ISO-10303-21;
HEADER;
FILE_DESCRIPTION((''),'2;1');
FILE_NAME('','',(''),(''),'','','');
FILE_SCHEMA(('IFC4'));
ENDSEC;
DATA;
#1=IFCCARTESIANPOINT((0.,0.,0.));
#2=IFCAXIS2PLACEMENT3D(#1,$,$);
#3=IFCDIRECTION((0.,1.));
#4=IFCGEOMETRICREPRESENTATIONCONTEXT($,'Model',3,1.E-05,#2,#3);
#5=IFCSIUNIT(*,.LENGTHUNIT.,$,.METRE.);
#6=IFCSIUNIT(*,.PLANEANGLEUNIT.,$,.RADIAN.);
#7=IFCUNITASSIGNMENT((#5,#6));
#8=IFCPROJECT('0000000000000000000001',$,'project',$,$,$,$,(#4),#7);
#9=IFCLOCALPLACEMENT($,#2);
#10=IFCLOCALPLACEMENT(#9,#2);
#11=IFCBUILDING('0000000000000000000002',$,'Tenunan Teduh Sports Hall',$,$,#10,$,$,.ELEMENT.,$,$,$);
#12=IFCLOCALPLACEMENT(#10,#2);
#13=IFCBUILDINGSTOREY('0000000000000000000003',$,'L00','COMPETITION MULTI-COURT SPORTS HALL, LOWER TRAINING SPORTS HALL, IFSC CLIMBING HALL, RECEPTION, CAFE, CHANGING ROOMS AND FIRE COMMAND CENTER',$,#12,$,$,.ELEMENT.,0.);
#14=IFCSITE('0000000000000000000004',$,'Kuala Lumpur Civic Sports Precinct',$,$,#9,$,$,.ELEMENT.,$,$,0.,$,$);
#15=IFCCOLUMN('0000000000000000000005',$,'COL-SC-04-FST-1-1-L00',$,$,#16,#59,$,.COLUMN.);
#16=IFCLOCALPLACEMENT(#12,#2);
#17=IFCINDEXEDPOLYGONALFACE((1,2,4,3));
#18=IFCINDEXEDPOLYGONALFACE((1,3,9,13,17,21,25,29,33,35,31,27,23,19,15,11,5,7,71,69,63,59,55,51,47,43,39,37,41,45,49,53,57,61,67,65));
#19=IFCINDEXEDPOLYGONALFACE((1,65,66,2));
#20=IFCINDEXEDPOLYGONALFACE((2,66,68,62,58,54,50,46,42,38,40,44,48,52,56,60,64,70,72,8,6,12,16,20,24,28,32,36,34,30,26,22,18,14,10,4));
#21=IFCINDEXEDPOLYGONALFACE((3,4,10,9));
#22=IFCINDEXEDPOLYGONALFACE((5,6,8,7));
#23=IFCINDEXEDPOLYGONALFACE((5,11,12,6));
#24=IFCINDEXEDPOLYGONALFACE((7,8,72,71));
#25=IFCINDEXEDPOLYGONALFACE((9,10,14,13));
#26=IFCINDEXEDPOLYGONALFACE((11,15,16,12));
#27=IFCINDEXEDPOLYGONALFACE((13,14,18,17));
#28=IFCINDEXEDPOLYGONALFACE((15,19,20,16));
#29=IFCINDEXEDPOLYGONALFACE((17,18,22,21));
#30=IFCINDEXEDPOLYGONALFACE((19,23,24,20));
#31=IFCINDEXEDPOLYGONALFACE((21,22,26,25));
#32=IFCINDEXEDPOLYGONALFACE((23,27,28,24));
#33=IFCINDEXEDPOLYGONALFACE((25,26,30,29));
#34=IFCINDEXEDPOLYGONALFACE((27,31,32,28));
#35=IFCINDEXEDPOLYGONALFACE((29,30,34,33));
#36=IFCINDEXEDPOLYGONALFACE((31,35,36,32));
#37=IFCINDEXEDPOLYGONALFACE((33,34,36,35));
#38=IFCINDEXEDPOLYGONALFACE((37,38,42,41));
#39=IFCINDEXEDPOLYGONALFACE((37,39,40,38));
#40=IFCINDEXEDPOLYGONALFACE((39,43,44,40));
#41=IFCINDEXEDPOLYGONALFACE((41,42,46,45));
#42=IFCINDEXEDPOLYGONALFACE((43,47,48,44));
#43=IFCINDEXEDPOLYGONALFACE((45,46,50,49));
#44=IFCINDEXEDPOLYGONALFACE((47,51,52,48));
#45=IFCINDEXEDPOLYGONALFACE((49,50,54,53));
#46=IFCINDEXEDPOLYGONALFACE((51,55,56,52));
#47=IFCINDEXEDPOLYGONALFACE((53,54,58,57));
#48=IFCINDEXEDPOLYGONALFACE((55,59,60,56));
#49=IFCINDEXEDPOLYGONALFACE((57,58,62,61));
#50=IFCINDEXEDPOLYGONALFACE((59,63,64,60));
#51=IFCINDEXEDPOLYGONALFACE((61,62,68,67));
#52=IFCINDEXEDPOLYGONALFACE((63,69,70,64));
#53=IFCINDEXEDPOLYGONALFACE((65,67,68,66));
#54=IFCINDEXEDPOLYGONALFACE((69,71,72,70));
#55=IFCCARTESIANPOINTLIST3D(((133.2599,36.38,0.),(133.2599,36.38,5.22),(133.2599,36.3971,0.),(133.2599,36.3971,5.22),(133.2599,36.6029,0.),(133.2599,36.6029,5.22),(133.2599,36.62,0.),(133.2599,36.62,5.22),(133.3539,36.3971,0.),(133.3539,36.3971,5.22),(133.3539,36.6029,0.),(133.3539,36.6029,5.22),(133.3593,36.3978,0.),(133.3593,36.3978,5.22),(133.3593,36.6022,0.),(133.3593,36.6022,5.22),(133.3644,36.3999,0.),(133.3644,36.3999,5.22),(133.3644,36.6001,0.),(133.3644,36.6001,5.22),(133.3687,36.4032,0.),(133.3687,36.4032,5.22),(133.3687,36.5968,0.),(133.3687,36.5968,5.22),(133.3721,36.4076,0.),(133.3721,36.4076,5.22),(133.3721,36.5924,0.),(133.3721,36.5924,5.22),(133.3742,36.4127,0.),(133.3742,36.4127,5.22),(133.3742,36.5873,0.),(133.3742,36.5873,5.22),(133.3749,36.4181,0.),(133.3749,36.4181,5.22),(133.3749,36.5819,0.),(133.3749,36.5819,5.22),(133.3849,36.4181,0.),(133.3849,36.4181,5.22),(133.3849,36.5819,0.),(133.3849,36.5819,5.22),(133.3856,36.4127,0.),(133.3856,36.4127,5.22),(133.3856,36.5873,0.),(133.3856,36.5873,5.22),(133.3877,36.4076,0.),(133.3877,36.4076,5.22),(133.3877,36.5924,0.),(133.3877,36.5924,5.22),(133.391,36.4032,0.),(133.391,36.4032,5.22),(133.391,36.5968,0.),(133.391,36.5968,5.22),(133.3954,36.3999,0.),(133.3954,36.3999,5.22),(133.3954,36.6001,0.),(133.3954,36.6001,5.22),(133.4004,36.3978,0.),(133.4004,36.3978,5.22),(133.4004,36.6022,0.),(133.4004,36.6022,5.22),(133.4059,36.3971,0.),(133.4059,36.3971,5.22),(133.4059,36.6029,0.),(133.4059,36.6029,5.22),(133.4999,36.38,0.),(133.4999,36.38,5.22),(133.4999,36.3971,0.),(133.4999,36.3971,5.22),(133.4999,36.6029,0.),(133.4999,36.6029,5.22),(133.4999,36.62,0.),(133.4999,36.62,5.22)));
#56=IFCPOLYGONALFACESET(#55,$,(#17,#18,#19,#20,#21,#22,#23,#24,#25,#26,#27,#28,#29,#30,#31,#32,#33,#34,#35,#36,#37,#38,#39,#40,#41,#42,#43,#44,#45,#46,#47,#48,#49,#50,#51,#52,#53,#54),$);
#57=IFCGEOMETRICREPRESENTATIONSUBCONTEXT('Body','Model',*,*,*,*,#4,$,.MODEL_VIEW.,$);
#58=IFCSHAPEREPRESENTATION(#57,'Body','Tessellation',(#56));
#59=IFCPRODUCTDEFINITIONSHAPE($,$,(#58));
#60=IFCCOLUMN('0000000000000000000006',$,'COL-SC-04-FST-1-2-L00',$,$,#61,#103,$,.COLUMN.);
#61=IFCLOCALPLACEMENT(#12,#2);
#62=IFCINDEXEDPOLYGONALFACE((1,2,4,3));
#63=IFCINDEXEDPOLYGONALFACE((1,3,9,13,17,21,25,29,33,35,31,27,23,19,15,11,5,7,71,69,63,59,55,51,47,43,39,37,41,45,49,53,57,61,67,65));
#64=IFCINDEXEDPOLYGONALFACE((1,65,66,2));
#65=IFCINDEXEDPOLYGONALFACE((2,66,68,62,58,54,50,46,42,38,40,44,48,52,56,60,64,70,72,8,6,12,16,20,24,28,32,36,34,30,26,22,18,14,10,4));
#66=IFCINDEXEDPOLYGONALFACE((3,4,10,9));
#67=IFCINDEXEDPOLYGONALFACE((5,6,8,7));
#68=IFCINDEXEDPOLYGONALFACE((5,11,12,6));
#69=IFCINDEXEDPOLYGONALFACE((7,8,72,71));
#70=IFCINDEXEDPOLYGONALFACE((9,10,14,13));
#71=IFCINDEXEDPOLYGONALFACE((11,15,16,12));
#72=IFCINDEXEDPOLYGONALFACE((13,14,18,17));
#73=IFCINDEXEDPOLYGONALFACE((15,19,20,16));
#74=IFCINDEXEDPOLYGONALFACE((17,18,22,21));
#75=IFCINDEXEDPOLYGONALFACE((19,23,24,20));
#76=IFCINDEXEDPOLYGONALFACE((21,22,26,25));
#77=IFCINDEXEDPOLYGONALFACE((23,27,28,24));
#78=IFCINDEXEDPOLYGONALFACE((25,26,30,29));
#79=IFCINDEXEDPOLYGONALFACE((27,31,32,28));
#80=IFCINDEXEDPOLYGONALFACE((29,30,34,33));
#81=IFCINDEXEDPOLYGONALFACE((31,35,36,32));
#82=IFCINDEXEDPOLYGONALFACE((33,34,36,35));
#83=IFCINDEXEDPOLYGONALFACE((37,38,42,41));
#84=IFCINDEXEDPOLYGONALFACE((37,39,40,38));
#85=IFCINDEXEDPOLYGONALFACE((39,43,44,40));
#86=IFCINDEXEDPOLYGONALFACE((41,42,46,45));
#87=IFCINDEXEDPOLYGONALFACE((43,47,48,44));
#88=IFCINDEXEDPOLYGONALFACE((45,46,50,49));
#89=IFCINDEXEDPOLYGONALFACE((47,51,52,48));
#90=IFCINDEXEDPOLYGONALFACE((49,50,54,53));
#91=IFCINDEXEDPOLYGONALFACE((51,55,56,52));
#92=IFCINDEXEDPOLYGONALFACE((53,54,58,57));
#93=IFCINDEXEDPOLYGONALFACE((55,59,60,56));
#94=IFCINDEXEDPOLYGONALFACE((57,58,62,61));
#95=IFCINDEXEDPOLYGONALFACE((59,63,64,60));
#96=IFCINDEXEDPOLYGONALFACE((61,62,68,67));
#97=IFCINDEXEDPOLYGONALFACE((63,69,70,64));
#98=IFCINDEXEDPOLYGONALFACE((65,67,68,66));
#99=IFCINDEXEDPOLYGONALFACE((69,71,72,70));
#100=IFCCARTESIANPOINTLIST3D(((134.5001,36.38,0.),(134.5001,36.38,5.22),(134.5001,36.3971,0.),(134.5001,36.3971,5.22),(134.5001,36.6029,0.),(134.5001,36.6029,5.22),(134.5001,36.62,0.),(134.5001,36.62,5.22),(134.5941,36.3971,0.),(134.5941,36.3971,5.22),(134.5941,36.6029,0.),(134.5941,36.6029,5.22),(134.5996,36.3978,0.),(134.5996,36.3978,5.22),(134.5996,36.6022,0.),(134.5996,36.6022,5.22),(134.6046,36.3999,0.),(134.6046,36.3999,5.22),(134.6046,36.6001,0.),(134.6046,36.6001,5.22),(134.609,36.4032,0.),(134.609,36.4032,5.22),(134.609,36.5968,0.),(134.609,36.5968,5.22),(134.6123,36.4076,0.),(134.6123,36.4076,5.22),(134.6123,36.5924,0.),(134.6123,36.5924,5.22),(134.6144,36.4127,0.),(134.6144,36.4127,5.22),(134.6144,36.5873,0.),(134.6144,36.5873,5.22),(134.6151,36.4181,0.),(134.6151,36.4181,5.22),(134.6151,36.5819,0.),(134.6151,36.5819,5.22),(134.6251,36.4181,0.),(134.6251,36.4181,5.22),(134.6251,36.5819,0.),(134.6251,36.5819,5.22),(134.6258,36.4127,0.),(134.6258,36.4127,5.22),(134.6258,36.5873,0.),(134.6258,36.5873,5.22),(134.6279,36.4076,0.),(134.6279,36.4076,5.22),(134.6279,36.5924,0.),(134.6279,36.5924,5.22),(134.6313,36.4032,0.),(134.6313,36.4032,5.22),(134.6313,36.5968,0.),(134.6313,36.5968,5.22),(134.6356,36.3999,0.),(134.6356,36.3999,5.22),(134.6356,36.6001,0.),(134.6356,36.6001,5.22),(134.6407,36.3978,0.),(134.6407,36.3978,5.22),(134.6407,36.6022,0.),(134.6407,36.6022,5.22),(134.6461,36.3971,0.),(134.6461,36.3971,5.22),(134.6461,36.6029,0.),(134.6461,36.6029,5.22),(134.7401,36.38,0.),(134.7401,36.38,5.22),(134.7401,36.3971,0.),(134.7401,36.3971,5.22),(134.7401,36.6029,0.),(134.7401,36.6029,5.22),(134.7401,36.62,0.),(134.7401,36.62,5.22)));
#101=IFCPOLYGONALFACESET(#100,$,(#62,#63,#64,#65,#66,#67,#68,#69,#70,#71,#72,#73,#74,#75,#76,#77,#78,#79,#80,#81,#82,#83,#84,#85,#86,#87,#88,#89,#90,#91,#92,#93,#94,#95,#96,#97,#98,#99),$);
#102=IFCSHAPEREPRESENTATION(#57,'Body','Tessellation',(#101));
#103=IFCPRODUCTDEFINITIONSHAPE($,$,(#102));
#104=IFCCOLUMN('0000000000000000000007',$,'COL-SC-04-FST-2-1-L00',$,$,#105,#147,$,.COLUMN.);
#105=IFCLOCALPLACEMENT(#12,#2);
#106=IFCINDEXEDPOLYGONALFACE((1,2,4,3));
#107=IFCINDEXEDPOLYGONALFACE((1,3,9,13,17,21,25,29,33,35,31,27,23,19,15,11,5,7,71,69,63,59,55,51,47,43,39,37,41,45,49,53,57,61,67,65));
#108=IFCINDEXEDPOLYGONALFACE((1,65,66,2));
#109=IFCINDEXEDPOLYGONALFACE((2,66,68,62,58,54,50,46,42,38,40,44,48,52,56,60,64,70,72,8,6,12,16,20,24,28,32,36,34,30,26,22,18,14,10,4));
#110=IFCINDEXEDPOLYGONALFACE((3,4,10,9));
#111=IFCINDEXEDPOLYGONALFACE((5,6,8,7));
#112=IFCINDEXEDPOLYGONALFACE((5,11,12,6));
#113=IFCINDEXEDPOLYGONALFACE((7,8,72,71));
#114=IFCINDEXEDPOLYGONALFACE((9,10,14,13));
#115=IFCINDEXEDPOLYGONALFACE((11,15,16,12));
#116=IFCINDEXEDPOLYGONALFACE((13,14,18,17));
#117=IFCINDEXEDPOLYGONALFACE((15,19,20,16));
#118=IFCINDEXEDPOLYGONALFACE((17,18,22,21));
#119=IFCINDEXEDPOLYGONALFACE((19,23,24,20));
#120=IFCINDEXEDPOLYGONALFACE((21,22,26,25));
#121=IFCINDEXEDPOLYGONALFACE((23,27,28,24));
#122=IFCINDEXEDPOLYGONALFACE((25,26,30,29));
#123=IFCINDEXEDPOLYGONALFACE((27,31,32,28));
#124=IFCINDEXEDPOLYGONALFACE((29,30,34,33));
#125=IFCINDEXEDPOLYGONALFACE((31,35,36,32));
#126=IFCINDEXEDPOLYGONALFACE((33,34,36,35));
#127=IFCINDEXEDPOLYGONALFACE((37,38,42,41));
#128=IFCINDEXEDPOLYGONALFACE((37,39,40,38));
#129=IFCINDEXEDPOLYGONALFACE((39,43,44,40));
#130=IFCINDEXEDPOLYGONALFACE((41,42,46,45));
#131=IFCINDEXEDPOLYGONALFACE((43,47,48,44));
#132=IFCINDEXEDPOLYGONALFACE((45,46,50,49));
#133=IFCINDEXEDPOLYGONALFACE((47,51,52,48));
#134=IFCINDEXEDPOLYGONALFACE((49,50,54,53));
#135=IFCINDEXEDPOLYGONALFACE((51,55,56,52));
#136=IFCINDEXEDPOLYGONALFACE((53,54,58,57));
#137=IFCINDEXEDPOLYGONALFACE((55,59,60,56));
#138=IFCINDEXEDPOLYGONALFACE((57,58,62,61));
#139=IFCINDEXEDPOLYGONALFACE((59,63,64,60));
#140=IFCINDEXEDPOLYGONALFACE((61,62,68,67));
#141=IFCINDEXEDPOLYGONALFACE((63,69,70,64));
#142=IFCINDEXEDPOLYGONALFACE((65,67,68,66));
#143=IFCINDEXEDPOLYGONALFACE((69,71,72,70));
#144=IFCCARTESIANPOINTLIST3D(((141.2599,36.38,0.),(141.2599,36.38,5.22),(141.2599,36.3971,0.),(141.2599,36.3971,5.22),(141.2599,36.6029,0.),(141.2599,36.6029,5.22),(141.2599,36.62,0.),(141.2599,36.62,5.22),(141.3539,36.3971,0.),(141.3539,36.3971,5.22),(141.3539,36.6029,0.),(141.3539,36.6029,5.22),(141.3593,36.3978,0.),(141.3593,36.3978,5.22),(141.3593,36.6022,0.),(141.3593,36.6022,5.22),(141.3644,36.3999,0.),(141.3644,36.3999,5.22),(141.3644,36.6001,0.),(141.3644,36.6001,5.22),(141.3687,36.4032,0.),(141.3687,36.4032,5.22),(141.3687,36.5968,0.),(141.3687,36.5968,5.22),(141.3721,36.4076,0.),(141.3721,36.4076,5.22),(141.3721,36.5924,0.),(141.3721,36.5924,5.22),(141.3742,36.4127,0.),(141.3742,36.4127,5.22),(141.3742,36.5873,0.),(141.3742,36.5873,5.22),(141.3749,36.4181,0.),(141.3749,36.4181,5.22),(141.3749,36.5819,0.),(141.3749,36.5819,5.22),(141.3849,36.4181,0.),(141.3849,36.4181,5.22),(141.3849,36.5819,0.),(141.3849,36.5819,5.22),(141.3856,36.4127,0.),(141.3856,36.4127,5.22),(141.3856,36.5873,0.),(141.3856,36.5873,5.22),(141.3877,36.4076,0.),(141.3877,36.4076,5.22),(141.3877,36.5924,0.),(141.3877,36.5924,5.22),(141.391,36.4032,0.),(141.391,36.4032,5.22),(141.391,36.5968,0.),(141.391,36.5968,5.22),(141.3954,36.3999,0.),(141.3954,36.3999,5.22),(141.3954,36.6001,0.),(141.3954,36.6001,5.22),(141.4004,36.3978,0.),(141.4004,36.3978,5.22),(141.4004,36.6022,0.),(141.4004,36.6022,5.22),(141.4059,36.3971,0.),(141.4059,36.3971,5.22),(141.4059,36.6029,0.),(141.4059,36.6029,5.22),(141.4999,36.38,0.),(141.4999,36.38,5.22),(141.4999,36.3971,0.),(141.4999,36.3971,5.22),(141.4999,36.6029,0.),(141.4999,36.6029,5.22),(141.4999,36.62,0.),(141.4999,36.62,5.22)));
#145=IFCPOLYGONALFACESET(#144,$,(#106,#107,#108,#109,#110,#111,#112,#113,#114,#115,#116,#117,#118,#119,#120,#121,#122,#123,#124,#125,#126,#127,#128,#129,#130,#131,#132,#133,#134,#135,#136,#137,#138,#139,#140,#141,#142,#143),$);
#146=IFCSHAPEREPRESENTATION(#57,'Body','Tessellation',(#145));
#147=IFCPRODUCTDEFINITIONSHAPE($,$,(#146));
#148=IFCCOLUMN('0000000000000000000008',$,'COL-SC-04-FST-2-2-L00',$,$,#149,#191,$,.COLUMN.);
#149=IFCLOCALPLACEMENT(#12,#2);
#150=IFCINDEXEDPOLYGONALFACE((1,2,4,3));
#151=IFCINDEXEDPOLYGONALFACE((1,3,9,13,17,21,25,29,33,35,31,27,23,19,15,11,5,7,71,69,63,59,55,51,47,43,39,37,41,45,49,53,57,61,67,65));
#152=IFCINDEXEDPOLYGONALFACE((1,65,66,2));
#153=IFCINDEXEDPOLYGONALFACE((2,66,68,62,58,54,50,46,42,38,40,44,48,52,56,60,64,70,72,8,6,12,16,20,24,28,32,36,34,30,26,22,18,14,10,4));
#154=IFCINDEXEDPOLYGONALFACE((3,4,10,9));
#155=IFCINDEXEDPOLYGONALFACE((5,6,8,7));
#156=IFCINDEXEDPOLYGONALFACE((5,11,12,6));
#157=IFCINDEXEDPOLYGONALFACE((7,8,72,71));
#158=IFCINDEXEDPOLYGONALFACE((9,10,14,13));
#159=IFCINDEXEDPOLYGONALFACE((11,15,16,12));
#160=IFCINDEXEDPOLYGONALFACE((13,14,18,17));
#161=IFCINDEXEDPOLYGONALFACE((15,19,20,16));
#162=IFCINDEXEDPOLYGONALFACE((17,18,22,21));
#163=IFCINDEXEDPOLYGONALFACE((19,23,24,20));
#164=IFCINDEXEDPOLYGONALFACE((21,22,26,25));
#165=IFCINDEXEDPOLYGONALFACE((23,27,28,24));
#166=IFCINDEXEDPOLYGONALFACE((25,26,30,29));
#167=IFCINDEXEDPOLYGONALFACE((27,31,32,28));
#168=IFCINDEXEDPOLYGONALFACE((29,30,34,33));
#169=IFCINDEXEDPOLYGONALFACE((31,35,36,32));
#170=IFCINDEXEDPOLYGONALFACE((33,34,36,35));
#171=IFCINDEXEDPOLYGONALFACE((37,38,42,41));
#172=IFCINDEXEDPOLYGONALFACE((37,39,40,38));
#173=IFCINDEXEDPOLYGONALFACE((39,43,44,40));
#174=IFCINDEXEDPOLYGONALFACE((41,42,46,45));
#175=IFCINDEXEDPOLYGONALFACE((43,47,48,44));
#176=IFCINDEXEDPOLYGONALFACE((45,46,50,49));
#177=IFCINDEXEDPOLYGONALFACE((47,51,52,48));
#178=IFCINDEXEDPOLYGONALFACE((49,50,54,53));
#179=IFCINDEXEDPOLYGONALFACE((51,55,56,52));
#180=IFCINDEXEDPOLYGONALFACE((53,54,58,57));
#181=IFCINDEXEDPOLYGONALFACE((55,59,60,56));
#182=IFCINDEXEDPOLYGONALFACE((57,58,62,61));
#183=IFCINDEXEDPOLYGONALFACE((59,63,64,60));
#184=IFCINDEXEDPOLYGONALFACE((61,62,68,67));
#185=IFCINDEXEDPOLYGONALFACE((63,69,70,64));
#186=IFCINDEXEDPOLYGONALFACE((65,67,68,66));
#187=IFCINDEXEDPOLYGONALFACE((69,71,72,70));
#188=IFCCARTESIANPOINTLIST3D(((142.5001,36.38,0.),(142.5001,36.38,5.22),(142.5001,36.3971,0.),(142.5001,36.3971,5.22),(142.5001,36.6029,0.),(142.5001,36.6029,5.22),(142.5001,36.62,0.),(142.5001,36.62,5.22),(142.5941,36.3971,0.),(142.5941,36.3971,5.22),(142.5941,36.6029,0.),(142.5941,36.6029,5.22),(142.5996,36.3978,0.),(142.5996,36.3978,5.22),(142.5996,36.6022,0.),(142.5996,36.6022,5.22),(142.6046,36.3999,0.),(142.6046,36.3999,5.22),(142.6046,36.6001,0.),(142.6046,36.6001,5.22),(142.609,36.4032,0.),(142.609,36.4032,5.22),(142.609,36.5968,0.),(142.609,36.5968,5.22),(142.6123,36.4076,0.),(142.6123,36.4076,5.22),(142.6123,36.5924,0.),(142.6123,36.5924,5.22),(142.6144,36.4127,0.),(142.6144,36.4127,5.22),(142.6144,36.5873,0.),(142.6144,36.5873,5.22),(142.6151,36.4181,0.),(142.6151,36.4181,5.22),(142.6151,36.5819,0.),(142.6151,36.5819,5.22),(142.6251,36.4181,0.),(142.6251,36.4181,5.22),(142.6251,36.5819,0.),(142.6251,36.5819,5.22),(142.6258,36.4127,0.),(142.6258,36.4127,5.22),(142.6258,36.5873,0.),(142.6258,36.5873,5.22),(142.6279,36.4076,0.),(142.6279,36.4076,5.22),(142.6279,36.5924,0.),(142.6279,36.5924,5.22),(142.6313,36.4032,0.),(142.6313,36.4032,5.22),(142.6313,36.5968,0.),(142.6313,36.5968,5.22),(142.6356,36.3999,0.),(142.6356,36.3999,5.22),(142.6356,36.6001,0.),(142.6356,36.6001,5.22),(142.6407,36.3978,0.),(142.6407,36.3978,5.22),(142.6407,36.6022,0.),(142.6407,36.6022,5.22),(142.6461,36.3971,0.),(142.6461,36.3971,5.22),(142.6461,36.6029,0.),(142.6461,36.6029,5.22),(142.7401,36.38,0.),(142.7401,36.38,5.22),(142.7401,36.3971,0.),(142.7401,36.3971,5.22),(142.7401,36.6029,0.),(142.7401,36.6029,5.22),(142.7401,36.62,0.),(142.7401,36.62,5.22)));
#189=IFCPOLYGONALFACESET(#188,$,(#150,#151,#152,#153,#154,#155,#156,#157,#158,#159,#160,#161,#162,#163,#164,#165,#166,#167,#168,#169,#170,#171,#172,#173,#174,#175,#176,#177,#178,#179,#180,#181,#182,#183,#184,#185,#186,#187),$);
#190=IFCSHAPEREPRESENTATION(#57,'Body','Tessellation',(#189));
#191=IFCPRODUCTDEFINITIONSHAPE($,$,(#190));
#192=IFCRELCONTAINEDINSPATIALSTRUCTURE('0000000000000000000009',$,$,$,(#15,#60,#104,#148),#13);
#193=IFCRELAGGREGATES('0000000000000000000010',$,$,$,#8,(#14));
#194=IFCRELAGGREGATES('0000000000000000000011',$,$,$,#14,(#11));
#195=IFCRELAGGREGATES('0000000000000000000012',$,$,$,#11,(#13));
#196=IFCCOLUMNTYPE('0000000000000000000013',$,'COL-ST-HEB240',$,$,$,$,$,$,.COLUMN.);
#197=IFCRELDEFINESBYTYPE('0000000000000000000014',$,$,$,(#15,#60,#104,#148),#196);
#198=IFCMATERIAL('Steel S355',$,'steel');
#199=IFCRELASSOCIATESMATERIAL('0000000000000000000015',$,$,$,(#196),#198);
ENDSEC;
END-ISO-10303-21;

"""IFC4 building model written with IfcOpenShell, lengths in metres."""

from ifc_helpers import new_model, si_unit, direction, frame, origin, origin_2d, place, context, subcontext, project, spatial, i_section, extrude, material, material_profile, profile_set, type_object, element, save


model = new_model("IFC4")

# Units and contexts
model_context = context("Model", 3, precision=1e-05, world=origin(), true_north=direction((0.0, 1.0)))
body_context = subcontext(model_context, "Body", "Model", "MODEL_VIEW")
ifc_project = project(units=[si_unit("LENGTHUNIT", "METRE"), si_unit("PLANEANGLEUNIT", "RADIAN")], contexts=[model_context])

# Site, building, storey
site_placement = place(None, origin())
site = spatial("IfcSite", under=ifc_project, at=site_placement, Name="Kuala Lumpur Civic Sports Precinct", CompositionType="ELEMENT", RefElevation=0.0)
building_placement = place(site_placement, origin())
building = spatial("IfcBuilding", under=site, at=building_placement, Name="Tenunan Teduh Sports Hall", CompositionType="ELEMENT")
storey_placement = place(building_placement, origin())
storey = spatial("IfcBuildingStorey", under=building, at=storey_placement, Name="L00", Description="COMPETITION MULTI-COURT SPORTS HALL, LOWER TRAINING SPORTS HALL, IFSC CLIMBING HALL, RECEPTION, CAFE, CHANGING ROOMS AND FIRE COMMAND CENTER", CompositionType="ELEMENT", Elevation=0.0)

# Columns
ifc_material_1 = material(Name="Steel S355", Category="steel")
ifc_material_profile_1 = material_profile(ifc_material_1, i_section(OverallWidth=0.24, OverallDepth=0.24, WebThickness=0.01, FlangeThickness=0.0171, FilletRadius=0.021, at=origin_2d()), Name="HEB 240")
ifc_profile_set_1 = profile_set([ifc_material_profile_1], Name="Steel S355")
column_type_1 = type_object("IfcColumnType", Name="COL-ST-HEB240", PredefinedType="COLUMN", material=ifc_profile_set_1)
for number, where, z_axis, x_axis, name in (
    (1, (133.3799, 36.5, 0.0), (0.0, 0.0, 1.0), (1.0, 0.0, 0.0), "COL-SC-04-FST-1-1-L00"),
    (2, (134.6201, 36.5, 0.0), (0.0, 0.0, 1.0), (1.0, 0.0, 0.0), "COL-SC-04-FST-1-2-L00"),
    (3, (141.3799, 36.5, 0.0), (0.0, 0.0, 1.0), (1.0, 0.0, 0.0), "COL-SC-04-FST-2-1-L00"),
    (4, (142.6201, 36.5, 0.0), (0.0, 0.0, 1.0), (1.0, 0.0, 0.0), "COL-SC-04-FST-2-2-L00"),
):
    element("IfcColumn", number, at=place(storey_placement, frame(where, z_axis=z_axis, x_axis=x_axis)), inside=storey, type_object=column_type_1, Name=name, PredefinedType="COLUMN", context=body_context, shape_type="SweptSolid", body=[
        extrude(i_section(OverallWidth=0.24, OverallDepth=0.24, WebThickness=0.01, FlangeThickness=0.0171, FilletRadius=0.021, at=origin_2d()), origin(), (0.0, 0.0, 1.0), 5.22),
    ])

save(model, "model.ifc")
